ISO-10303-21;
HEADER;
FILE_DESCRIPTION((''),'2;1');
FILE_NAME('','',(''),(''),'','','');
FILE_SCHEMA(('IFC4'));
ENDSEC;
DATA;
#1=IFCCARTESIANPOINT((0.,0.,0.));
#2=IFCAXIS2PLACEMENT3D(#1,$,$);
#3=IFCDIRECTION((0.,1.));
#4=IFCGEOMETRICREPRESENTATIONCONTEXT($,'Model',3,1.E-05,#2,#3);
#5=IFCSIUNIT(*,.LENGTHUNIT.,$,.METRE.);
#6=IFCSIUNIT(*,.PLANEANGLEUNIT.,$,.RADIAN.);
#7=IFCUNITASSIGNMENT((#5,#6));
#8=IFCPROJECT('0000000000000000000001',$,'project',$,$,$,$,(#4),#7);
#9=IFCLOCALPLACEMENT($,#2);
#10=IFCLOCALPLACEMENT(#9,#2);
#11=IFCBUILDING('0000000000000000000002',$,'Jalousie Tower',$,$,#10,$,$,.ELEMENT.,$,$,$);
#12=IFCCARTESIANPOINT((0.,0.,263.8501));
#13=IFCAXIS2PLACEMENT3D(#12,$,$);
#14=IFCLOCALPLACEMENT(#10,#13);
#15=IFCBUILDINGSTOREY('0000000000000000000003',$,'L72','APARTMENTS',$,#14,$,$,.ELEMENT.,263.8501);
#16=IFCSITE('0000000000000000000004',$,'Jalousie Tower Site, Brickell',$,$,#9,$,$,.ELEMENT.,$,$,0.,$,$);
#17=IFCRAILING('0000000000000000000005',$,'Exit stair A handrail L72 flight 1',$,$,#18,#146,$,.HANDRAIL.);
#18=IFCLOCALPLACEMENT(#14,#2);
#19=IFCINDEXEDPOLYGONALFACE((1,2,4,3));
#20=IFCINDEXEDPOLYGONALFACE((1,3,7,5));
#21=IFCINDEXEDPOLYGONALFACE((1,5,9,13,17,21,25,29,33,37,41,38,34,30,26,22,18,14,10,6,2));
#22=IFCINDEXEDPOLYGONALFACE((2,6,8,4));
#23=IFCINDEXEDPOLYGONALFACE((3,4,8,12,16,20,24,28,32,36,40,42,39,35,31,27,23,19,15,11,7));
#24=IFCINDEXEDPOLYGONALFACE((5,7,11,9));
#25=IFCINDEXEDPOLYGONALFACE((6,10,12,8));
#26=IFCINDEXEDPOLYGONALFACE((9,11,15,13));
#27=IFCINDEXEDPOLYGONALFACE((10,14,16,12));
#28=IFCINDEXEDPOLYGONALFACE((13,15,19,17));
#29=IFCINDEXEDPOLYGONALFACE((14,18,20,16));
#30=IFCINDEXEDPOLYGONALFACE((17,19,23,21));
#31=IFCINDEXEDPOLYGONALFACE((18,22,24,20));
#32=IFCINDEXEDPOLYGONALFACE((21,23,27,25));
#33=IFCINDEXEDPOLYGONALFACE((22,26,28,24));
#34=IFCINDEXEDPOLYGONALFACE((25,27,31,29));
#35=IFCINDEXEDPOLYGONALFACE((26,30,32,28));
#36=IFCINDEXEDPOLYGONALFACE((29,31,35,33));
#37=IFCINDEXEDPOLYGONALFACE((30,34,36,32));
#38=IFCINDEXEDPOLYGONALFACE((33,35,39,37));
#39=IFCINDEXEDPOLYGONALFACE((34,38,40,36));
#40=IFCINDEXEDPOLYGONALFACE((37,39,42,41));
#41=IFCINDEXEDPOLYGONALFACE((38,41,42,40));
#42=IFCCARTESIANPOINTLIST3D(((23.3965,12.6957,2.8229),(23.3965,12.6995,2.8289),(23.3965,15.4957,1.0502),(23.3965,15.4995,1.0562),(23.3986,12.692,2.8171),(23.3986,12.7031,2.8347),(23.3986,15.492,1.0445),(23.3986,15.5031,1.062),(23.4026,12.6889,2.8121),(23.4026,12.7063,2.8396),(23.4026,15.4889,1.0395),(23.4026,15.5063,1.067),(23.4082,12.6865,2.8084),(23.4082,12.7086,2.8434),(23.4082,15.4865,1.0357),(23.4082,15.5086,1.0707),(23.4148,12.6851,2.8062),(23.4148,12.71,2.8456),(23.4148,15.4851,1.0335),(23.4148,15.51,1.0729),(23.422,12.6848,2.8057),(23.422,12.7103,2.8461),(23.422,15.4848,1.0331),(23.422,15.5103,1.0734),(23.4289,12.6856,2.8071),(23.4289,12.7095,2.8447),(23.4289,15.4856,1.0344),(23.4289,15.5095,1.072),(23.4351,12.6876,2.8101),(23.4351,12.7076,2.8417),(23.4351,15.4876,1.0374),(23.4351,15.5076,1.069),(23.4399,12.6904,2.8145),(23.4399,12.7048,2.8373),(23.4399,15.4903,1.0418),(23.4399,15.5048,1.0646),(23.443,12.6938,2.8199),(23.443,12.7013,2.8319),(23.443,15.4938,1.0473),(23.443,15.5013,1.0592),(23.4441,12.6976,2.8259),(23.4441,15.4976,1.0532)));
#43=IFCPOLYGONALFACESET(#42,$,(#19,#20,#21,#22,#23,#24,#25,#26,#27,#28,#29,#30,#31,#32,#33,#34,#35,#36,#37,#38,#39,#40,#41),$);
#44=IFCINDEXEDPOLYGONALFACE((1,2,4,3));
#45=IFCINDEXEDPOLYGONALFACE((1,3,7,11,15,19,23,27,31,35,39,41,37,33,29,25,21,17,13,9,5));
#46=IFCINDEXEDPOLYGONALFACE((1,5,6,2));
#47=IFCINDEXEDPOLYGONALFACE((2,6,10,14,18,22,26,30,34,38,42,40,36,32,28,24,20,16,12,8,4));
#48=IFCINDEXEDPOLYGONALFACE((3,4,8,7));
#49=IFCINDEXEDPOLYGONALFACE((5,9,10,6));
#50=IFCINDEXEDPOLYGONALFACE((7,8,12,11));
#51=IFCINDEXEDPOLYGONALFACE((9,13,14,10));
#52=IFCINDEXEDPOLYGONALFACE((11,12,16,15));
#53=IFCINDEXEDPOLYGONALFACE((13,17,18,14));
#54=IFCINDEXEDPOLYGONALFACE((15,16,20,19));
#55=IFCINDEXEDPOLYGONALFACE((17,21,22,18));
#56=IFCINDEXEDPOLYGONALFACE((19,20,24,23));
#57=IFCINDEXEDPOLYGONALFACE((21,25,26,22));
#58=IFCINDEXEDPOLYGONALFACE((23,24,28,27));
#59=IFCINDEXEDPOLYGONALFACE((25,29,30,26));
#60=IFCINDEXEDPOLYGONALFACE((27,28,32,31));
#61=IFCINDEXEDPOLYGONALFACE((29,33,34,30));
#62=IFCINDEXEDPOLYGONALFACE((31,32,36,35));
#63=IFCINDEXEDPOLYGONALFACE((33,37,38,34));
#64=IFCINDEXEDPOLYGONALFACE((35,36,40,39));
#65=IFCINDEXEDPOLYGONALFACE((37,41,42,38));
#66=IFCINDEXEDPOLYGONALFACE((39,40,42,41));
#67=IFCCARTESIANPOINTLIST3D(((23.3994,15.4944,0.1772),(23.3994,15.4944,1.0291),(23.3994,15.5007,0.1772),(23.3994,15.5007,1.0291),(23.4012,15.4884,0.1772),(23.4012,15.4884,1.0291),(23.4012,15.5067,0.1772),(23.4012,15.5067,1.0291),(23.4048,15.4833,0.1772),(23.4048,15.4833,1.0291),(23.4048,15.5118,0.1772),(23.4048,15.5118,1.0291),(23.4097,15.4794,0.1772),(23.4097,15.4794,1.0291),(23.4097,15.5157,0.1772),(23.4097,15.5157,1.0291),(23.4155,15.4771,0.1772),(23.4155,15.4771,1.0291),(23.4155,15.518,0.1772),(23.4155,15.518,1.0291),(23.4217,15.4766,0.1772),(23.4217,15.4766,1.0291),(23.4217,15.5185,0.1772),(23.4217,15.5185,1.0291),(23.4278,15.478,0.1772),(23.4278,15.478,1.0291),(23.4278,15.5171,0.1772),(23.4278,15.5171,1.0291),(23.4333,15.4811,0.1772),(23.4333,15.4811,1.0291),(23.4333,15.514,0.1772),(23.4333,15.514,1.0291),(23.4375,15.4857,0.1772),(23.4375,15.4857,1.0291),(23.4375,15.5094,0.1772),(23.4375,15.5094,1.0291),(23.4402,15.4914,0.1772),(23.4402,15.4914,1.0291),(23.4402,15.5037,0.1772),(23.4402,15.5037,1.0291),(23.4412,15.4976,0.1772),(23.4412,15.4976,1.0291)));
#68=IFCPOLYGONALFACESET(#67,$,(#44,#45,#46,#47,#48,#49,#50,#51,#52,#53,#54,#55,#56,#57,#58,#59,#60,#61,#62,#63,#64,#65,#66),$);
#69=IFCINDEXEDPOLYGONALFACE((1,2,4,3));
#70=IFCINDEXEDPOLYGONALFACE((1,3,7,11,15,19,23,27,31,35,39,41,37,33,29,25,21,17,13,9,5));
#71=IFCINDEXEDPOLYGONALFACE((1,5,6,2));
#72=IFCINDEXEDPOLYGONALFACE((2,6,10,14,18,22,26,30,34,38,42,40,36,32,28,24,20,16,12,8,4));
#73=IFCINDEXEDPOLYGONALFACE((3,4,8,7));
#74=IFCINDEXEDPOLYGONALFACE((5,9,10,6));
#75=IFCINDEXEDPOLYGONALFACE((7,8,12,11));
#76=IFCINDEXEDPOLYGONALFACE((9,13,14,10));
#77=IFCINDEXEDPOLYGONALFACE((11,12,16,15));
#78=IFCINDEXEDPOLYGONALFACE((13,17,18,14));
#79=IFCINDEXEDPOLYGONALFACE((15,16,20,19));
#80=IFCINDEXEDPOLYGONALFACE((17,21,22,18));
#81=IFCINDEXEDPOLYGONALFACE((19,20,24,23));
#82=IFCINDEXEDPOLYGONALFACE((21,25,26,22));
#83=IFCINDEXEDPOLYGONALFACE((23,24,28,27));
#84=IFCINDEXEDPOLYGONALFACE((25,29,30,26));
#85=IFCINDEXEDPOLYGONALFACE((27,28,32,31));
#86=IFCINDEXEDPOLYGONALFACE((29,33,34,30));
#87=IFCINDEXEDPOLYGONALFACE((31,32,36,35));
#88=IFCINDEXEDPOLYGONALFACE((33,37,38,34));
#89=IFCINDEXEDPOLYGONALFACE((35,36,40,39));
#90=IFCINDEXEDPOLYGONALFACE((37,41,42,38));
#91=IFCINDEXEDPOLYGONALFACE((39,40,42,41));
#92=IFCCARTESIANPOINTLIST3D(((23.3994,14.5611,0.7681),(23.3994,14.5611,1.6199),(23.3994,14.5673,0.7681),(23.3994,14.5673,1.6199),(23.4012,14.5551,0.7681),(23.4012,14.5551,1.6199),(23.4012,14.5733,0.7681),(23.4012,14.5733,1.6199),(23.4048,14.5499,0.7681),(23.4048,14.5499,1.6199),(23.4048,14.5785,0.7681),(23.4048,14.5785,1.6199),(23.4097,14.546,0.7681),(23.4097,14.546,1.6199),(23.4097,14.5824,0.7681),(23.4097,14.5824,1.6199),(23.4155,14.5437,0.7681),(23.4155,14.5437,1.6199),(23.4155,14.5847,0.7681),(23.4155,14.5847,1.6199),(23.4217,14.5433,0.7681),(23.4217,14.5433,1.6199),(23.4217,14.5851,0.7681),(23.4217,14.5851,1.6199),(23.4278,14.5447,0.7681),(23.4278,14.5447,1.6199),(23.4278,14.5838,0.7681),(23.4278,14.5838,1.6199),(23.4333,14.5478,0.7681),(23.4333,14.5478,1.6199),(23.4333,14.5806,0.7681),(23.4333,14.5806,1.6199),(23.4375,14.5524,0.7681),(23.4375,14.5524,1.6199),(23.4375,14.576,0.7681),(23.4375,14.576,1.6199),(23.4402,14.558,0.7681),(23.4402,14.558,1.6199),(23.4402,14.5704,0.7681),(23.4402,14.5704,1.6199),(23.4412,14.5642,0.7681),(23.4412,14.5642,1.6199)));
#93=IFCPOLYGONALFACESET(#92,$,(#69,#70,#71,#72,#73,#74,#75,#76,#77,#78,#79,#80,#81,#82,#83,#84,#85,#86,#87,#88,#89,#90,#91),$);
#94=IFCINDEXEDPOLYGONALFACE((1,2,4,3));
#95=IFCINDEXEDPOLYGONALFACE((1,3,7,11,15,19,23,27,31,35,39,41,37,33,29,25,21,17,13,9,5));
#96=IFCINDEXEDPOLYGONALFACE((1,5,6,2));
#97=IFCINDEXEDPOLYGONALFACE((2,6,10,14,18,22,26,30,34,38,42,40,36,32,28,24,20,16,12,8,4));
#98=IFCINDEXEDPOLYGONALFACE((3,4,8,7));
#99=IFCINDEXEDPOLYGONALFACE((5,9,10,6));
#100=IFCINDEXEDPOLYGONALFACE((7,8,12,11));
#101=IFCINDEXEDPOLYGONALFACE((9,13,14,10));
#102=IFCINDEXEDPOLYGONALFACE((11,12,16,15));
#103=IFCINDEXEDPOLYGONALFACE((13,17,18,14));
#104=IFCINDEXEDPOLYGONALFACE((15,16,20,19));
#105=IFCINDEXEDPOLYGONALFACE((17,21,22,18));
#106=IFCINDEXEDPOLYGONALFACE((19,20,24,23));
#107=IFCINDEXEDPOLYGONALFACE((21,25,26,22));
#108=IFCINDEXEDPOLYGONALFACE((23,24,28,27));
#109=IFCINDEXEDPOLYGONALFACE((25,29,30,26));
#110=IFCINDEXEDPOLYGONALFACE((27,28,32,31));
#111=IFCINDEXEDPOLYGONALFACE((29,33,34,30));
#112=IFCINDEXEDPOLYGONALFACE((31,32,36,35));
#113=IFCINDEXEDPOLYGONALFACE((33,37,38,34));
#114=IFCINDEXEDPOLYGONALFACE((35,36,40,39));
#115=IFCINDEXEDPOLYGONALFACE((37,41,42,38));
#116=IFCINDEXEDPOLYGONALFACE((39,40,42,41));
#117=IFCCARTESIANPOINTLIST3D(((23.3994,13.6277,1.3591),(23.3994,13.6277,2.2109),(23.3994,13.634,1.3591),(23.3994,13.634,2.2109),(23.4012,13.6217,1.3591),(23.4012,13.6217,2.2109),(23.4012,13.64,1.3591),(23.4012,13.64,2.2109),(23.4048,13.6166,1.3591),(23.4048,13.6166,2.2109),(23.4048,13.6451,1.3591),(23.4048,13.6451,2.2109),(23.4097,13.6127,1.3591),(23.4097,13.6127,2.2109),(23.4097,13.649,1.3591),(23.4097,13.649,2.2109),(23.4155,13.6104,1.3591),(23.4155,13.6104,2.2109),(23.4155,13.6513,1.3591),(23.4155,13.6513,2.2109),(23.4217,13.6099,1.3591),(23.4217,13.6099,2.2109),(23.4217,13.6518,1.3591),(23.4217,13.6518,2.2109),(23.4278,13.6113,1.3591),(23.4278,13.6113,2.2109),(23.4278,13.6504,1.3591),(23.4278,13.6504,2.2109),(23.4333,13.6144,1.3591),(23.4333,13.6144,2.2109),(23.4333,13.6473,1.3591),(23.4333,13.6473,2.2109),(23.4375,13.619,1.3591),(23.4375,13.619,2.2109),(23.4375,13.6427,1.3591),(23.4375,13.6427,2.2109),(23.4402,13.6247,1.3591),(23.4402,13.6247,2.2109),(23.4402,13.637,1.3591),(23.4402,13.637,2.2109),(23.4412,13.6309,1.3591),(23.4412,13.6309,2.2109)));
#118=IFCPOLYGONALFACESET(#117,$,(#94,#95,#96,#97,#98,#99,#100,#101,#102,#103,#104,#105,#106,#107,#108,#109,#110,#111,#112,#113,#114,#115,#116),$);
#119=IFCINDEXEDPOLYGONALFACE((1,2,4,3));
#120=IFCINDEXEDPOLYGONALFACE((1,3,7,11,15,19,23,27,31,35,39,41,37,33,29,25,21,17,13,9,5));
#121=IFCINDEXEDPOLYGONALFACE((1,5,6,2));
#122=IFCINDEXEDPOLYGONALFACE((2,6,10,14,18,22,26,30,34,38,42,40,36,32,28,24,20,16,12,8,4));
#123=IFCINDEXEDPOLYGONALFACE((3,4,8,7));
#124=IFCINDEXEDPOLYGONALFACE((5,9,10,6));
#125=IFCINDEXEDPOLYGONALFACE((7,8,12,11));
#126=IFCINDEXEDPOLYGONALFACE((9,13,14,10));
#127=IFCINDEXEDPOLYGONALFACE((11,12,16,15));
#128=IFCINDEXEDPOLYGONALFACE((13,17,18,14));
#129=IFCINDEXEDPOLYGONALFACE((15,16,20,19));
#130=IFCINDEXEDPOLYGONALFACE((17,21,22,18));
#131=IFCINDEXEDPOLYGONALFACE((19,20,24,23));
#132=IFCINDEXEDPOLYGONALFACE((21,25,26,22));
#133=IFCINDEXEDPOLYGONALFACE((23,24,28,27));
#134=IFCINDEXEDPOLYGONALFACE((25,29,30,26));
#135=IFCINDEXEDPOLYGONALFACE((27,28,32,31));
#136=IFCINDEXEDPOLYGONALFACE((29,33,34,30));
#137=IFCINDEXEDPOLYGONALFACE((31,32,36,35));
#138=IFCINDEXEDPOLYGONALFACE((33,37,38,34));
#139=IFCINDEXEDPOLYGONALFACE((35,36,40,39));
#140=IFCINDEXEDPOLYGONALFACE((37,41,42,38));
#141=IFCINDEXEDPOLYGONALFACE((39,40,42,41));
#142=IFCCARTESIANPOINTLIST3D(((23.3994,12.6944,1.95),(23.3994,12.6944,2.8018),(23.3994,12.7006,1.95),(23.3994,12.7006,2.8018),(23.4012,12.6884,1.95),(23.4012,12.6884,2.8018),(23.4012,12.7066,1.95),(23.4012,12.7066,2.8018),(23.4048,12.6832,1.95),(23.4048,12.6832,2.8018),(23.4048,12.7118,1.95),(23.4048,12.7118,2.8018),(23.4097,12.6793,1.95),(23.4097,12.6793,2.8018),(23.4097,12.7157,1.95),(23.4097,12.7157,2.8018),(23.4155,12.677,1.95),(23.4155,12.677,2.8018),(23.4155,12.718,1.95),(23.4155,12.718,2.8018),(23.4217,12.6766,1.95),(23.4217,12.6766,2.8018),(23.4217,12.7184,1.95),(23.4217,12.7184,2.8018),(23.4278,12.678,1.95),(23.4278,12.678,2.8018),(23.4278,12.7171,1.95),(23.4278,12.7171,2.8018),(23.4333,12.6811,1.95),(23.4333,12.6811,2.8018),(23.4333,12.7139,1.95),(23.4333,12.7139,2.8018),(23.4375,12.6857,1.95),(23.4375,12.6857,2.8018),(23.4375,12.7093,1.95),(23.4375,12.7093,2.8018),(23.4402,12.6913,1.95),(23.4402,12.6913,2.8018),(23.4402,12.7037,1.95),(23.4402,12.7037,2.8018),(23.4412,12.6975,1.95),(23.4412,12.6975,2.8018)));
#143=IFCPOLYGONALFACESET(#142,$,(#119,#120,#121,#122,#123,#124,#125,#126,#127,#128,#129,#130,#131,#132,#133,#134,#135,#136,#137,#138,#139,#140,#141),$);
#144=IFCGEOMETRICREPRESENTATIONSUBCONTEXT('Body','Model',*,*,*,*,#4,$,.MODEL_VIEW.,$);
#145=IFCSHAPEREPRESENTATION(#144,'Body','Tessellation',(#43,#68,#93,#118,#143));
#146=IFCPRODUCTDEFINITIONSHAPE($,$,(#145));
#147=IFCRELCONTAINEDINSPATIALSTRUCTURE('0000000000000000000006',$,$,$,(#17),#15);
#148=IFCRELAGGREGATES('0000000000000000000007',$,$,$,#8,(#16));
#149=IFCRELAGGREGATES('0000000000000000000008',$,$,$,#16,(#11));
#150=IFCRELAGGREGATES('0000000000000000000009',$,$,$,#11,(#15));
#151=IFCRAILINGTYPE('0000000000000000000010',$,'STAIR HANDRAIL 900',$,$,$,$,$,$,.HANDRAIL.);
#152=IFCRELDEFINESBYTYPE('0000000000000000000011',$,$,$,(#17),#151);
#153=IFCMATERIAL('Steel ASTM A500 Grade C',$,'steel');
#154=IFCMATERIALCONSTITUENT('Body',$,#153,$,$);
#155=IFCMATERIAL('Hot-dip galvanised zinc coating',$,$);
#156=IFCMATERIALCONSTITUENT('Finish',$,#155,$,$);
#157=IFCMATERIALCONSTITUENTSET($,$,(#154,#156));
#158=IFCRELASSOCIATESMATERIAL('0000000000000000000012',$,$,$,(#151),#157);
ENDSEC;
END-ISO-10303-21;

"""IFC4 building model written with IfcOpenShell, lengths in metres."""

from ifc_helpers import new_model, si_unit, direction, frame, origin, origin_2d, place, context, subcontext, project, spatial, circle, extrude, material, constituent, constituent_set, type_object, element, save


model = new_model("IFC4")

# Units and contexts
model_context = context("Model", 3, precision=1e-05, world=origin(), true_north=direction((0.0, 1.0)))
body_context = subcontext(model_context, "Body", "Model", "MODEL_VIEW")
ifc_project = project(units=[si_unit("LENGTHUNIT", "METRE"), si_unit("PLANEANGLEUNIT", "RADIAN")], contexts=[model_context])

# Site, building, storey
site_placement = place(None, origin())
site = spatial("IfcSite", under=ifc_project, at=site_placement, Name="Jalousie Tower Site, Brickell", CompositionType="ELEMENT", RefElevation=0.0)
building_placement = place(site_placement, origin())
building = spatial("IfcBuilding", under=site, at=building_placement, Name="Jalousie Tower", CompositionType="ELEMENT")
storey_placement = place(building_placement, frame((0.0, 0.0, 263.8501)))
storey = spatial("IfcBuildingStorey", under=building, at=storey_placement, Name="L72", Description="APARTMENTS", CompositionType="ELEMENT", Elevation=263.8501)

# Railing
ifc_material_1 = material(Name="Steel ASTM A500 Grade C", Category="steel")
ifc_constituent_1 = constituent(ifc_material_1, Name="Body")
ifc_material_2 = material(Name="Hot-dip galvanised zinc coating")
ifc_constituent_2 = constituent(ifc_material_2, Name="Finish")
ifc_constituent_set_1 = constituent_set(constituents=[ifc_constituent_1, ifc_constituent_2])
railing_type = type_object("IfcRailingType", Name="STAIR HANDRAIL 900", PredefinedType="HANDRAIL", material=ifc_constituent_set_1)
railing_1_placement = place(storey_placement, frame((23.4202, 15.4976, 0.1772)))
element("IfcRailing", 1, at=railing_1_placement, inside=storey, type_object=railing_type, Name="Exit stair A handrail L72 flight 1", PredefinedType="HANDRAIL", context=body_context, shape_type="SweptSolid", body=[
    extrude(circle(Radius=0.0239, at=origin_2d()), frame((0.0, 0.0, 0.876), z_axis=(0.0, -0.844909, 0.53491), x_axis=(1.0, 0.0, 0.0)), (0.0, 0.0, 1.0), 3.314),
    extrude(circle(Radius=0.021, at=origin_2d()), origin(), (0.0, 0.0, 1.0), 0.8518),
    extrude(circle(Radius=0.021, at=origin_2d()), frame((0.0, -0.9333, 0.5908)), (0.0, 0.0, 1.0), 0.8518),
    extrude(circle(Radius=0.021, at=origin_2d()), frame((0.0, -1.8667, 1.1819)), (0.0, 0.0, 1.0), 0.8518),
    extrude(circle(Radius=0.021, at=origin_2d()), frame((0.0, -2.8, 1.7727)), (0.0, 0.0, 1.0), 0.8518),
])

save(model, "model.ifc")
